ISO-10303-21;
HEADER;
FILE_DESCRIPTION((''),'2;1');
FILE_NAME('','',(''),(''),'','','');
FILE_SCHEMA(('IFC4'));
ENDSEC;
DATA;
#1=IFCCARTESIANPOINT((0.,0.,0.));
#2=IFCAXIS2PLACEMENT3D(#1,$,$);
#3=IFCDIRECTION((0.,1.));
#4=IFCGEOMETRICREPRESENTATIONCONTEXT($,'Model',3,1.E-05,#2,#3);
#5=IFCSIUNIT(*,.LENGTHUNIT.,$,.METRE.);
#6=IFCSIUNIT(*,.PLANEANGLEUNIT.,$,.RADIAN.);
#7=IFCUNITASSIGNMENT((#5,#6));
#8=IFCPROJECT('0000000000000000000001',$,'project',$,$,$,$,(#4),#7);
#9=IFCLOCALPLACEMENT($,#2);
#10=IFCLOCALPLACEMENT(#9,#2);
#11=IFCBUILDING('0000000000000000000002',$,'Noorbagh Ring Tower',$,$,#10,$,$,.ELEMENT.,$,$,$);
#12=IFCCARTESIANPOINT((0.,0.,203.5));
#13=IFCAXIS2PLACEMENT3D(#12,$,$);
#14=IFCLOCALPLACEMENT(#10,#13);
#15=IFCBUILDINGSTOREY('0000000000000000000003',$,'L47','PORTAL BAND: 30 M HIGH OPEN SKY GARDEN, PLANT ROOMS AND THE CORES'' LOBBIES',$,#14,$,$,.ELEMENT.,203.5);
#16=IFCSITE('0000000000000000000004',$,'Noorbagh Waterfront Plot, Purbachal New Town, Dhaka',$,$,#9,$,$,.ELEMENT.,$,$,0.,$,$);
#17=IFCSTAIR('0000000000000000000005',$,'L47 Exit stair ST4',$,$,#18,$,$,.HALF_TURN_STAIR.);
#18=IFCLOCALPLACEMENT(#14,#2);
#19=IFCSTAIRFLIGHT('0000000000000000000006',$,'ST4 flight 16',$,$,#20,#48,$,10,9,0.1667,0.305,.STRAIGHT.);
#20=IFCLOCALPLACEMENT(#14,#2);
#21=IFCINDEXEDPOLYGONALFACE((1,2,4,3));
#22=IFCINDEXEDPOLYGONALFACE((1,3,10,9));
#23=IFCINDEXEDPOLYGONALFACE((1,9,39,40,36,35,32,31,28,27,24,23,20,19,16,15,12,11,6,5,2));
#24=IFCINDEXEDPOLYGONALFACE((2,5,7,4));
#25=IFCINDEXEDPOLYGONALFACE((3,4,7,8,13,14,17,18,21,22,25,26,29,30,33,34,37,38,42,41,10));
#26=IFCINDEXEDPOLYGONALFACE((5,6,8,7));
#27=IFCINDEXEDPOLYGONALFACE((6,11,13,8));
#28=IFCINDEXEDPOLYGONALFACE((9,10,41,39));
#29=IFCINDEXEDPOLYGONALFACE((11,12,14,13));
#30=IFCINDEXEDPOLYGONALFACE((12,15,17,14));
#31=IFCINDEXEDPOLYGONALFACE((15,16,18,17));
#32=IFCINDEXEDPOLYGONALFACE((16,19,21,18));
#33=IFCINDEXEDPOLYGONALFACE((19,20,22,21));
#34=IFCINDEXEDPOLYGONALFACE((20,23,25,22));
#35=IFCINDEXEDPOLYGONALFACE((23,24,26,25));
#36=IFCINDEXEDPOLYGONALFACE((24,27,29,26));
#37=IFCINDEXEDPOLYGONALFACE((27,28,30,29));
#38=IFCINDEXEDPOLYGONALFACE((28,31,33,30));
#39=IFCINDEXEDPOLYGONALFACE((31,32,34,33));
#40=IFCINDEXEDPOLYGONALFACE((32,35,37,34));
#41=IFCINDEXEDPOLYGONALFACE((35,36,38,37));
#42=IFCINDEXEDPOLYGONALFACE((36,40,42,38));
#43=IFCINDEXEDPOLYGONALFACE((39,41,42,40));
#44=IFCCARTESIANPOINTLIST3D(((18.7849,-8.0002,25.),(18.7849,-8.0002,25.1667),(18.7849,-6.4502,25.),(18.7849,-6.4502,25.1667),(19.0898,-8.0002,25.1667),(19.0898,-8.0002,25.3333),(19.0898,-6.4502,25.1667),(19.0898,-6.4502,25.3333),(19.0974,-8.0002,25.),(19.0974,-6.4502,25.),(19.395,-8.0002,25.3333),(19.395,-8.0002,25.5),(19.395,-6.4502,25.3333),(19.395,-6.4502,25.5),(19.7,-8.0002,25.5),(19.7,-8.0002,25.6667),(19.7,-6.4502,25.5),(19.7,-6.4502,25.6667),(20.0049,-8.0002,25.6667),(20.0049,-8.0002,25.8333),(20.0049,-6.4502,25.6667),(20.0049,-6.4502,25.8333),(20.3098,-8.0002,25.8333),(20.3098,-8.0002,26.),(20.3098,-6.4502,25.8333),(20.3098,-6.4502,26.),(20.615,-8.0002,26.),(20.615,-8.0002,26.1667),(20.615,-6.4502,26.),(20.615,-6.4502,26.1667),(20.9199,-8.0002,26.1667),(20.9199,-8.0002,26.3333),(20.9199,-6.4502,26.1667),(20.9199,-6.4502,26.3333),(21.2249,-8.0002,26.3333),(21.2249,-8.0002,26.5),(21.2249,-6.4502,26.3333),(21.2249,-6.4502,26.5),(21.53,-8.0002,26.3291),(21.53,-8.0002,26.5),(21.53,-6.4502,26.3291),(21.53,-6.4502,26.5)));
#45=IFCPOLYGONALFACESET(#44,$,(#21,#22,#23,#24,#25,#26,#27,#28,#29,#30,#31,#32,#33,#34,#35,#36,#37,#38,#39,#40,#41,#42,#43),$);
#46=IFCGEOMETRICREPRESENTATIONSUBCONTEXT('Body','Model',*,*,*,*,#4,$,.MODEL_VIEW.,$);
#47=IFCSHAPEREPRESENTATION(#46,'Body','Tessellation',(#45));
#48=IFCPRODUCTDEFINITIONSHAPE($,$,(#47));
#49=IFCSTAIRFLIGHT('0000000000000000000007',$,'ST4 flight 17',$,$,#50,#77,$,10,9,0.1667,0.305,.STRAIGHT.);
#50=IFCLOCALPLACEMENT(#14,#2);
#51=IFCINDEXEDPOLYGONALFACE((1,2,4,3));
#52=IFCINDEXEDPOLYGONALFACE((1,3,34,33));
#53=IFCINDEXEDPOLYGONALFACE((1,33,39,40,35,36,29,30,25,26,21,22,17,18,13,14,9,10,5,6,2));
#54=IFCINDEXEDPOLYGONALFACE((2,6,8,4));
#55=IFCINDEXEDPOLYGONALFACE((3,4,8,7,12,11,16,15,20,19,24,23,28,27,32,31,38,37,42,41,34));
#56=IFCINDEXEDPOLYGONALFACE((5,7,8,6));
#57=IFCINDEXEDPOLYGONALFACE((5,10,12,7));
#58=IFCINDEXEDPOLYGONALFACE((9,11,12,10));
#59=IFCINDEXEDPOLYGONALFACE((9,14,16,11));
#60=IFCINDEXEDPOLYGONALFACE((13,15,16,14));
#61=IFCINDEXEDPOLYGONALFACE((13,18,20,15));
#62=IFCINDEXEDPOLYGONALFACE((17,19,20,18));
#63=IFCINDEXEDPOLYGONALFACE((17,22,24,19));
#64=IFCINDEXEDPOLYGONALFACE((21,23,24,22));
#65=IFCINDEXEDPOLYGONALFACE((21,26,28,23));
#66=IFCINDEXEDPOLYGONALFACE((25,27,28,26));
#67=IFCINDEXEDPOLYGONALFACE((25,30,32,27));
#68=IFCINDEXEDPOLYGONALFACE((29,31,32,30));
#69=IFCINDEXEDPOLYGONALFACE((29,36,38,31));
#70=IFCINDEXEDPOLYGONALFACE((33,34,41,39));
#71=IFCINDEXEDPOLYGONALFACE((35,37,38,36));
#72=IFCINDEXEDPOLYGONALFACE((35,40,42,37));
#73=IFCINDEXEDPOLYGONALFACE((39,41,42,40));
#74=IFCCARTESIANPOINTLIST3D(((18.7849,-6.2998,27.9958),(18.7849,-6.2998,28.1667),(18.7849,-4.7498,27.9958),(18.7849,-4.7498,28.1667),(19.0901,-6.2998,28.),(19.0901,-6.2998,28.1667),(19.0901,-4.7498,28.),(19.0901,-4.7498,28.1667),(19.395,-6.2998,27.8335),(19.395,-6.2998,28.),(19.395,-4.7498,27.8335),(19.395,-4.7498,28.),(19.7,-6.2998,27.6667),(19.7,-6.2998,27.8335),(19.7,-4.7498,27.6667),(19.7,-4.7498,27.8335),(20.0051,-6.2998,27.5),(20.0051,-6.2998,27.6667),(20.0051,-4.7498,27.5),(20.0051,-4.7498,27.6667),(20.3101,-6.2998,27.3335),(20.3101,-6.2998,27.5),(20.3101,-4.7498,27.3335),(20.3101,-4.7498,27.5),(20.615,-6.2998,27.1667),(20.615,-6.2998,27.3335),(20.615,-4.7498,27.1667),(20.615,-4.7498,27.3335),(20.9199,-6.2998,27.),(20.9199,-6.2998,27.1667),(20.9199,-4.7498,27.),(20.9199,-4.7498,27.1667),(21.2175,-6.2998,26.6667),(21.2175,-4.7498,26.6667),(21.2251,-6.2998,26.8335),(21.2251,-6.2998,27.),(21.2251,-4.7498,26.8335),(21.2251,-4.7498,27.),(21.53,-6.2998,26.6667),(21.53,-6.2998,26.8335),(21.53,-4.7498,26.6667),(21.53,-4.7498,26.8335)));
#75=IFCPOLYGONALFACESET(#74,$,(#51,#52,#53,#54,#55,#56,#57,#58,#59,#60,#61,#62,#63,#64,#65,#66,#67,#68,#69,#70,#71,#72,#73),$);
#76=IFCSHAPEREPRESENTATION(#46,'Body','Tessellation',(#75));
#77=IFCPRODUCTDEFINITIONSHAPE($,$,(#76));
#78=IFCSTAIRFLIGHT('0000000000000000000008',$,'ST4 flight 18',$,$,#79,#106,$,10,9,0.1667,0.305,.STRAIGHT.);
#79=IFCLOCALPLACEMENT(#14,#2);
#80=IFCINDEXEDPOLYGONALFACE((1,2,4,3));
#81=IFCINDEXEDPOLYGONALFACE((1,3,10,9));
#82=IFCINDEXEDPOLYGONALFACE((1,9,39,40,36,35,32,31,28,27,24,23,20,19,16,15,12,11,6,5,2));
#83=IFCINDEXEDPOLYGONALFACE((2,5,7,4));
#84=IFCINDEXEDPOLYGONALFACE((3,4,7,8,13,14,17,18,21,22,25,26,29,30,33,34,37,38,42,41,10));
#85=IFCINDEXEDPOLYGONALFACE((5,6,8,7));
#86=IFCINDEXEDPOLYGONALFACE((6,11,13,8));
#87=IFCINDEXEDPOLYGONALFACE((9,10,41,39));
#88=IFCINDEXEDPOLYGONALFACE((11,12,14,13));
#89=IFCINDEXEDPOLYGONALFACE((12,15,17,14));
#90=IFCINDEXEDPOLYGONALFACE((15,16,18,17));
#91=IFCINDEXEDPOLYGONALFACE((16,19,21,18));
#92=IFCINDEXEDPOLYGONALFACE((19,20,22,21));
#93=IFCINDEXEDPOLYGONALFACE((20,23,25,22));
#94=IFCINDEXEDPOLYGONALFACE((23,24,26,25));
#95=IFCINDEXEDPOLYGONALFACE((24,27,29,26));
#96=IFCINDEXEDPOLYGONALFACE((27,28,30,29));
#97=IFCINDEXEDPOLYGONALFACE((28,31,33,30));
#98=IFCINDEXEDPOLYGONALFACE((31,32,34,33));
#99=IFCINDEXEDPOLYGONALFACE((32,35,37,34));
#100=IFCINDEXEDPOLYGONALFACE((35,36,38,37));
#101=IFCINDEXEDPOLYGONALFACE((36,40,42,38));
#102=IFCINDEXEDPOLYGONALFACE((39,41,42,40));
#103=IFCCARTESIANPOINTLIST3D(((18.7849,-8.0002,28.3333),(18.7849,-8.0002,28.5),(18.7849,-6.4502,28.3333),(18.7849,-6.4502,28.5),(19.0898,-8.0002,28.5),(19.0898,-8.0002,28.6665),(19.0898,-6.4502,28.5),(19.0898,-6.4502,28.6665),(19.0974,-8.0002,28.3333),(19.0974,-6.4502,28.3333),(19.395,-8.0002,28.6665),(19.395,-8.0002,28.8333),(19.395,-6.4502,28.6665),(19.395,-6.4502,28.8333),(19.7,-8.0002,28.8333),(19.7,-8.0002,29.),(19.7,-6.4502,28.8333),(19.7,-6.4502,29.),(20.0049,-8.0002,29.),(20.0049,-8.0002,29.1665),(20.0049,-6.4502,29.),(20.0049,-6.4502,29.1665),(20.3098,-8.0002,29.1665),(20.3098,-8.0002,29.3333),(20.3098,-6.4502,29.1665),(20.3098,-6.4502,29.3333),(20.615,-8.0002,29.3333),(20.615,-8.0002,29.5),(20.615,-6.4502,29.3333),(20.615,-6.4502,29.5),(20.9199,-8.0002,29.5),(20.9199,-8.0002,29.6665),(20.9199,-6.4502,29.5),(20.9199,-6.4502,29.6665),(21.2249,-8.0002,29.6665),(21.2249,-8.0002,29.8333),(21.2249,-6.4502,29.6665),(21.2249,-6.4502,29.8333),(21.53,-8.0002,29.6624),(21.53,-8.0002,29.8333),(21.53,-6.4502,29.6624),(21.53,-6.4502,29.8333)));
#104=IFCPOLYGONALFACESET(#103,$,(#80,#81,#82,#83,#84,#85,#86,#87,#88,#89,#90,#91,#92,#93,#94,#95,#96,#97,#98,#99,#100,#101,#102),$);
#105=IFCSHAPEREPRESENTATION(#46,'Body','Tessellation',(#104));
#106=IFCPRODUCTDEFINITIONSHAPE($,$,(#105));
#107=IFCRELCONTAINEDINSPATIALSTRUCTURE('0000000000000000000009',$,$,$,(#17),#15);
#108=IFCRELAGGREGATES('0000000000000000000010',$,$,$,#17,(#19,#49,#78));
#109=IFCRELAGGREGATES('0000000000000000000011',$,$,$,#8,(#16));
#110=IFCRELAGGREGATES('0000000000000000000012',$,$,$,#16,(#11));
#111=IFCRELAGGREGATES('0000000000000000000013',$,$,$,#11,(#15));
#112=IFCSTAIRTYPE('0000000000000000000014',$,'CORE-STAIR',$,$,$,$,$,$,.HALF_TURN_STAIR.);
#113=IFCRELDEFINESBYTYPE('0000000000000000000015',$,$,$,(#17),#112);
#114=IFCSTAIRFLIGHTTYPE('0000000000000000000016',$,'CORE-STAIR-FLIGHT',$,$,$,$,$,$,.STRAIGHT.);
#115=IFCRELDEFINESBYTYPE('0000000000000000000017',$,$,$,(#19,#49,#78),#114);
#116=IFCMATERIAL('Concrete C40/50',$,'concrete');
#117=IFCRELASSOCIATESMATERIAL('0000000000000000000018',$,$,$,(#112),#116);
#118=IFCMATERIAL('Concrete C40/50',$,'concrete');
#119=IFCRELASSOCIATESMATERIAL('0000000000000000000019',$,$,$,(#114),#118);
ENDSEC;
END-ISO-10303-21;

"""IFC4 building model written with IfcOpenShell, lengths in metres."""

from ifc_helpers import new_model, si_unit, direction, frame, origin, place, context, subcontext, project, spatial, polyline, outline, extrude, material, type_object, element, aggregate, save


model = new_model("IFC4")

# Units and contexts
model_context = context("Model", 3, precision=1e-05, world=origin(), true_north=direction((0.0, 1.0)))
body_context = subcontext(model_context, "Body", "Model", "MODEL_VIEW")
ifc_project = project(units=[si_unit("LENGTHUNIT", "METRE"), si_unit("PLANEANGLEUNIT", "RADIAN")], contexts=[model_context])

# Site, building, storey
site_placement = place(None, origin())
site = spatial("IfcSite", under=ifc_project, at=site_placement, Name="Noorbagh Waterfront Plot, Purbachal New Town, Dhaka", CompositionType="ELEMENT", RefElevation=0.0)
building_placement = place(site_placement, origin())
building = spatial("IfcBuilding", under=site, at=building_placement, Name="Noorbagh Ring Tower", CompositionType="ELEMENT")
storey_placement = place(building_placement, frame((0.0, 0.0, 203.5)))
storey = spatial("IfcBuildingStorey", under=building, at=storey_placement, Name="L47", Description="PORTAL BAND: 30 M HIGH OPEN SKY GARDEN, PLANT ROOMS AND THE CORES' LOBBIES", CompositionType="ELEMENT", Elevation=203.5)

# Stair, stair flights
ifc_material_1 = material(Name="Concrete C40/50", Category="concrete")
stair_type = type_object("IfcStairType", Name="CORE-STAIR", PredefinedType="HALF_TURN_STAIR", material=ifc_material_1)
stair_placement = place(storey_placement, origin())
stair = element("IfcStair", 1, at=stair_placement, inside=storey, type_object=stair_type, Name="L47 Exit stair ST4", PredefinedType="HALF_TURN_STAIR")
ifc_material_2 = material(Name="Concrete C40/50", Category="concrete")
stair_flight_type = type_object("IfcStairFlightType", Name="CORE-STAIR-FLIGHT", PredefinedType="STRAIGHT", material=ifc_material_2)
stair_flight_1_placement = place(storey_placement, frame((18.7849, -7.2251, 25.0), z_axis=(0.0, 0.0, 1.0), x_axis=(1.0, 0.0, 0.0)))
stair_flight_1 = element("IfcStairFlight", 2, at=stair_flight_1_placement, type_object=stair_flight_type, Name="ST4 flight 16", NumberOfRisers=10, NumberOfTreads=9, PredefinedType="STRAIGHT", RiserHeight=0.1667, TreadLength=0.305, context=body_context, shape_type="SweptSolid", body=[
    extrude(outline(polyline([(0.0, 0.0), (0.0, 0.1667), (0.3049, 0.1667), (0.3049, 0.3333), (0.6101, 0.3333), (0.6101, 0.5), (0.915, 0.5), (0.915, 0.6667), (1.22, 0.6667), (1.22, 0.8333), (1.5249, 0.8333), (1.5249, 1.0), (1.8301, 1.0), (1.8301, 1.1667), (2.135, 1.1667), (2.135, 1.3333), (2.4399, 1.3333), (2.4399, 1.5), (2.7451, 1.5), (2.7451, 1.6667), (2.7451, 1.3291), (0.3125, 0.0), (0.0, 0.0)])), frame((0.0, 0.7749, 0.0), z_axis=(0.0, -1.0, 0.0), x_axis=(1.0, 0.0, 0.0)), (0.0, 0.0, 1.0), 1.55),
])
stair_flight_2_placement = place(storey_placement, frame((21.53, -5.5249, 26.6667), z_axis=(0.0, 0.0, 1.0), x_axis=(-1.0, 0.0, 0.0)))
stair_flight_2 = element("IfcStairFlight", 3, at=stair_flight_2_placement, type_object=stair_flight_type, Name="ST4 flight 17", NumberOfRisers=10, NumberOfTreads=9, PredefinedType="STRAIGHT", RiserHeight=0.1667, TreadLength=0.305, context=body_context, shape_type="SweptSolid", body=[
    extrude(outline(polyline([(0.0, 0.0), (0.0, 0.1667), (0.3049, 0.1667), (0.3049, 0.3333), (0.6101, 0.3333), (0.6101, 0.5), (0.915, 0.5), (0.915, 0.6667), (1.22, 0.6667), (1.22, 0.8333), (1.5249, 0.8333), (1.5249, 1.0), (1.8301, 1.0), (1.8301, 1.1667), (2.135, 1.1667), (2.135, 1.3333), (2.4399, 1.3333), (2.4399, 1.5), (2.7451, 1.5), (2.7451, 1.6667), (2.7451, 1.3291), (0.3125, 0.0), (0.0, 0.0)])), frame((0.0, 0.7749, 0.0), z_axis=(0.0, -1.0, 0.0), x_axis=(1.0, 0.0, 0.0)), (0.0, 0.0, 1.0), 1.55),
])
stair_flight_3_placement = place(storey_placement, frame((18.7849, -7.2251, 28.3333), z_axis=(0.0, 0.0, 1.0), x_axis=(1.0, 0.0, 0.0)))
stair_flight_3 = element("IfcStairFlight", 4, at=stair_flight_3_placement, type_object=stair_flight_type, Name="ST4 flight 18", NumberOfRisers=10, NumberOfTreads=9, PredefinedType="STRAIGHT", RiserHeight=0.1667, TreadLength=0.305, context=body_context, shape_type="SweptSolid", body=[
    extrude(outline(polyline([(0.0, 0.0), (0.0, 0.1667), (0.3049, 0.1667), (0.3049, 0.3333), (0.6101, 0.3333), (0.6101, 0.5), (0.915, 0.5), (0.915, 0.6667), (1.22, 0.6667), (1.22, 0.8333), (1.5249, 0.8333), (1.5249, 1.0), (1.8301, 1.0), (1.8301, 1.1667), (2.135, 1.1667), (2.135, 1.3333), (2.4399, 1.3333), (2.4399, 1.5), (2.7451, 1.5), (2.7451, 1.6667), (2.7451, 1.3291), (0.3125, 0.0), (0.0, 0.0)])), frame((0.0, 0.7749, 0.0), z_axis=(0.0, -1.0, 0.0), x_axis=(1.0, 0.0, 0.0)), (0.0, 0.0, 1.0), 1.55),
])
aggregate(stair, [stair_flight_1, stair_flight_2, stair_flight_3])

save(model, "model.ifc")
